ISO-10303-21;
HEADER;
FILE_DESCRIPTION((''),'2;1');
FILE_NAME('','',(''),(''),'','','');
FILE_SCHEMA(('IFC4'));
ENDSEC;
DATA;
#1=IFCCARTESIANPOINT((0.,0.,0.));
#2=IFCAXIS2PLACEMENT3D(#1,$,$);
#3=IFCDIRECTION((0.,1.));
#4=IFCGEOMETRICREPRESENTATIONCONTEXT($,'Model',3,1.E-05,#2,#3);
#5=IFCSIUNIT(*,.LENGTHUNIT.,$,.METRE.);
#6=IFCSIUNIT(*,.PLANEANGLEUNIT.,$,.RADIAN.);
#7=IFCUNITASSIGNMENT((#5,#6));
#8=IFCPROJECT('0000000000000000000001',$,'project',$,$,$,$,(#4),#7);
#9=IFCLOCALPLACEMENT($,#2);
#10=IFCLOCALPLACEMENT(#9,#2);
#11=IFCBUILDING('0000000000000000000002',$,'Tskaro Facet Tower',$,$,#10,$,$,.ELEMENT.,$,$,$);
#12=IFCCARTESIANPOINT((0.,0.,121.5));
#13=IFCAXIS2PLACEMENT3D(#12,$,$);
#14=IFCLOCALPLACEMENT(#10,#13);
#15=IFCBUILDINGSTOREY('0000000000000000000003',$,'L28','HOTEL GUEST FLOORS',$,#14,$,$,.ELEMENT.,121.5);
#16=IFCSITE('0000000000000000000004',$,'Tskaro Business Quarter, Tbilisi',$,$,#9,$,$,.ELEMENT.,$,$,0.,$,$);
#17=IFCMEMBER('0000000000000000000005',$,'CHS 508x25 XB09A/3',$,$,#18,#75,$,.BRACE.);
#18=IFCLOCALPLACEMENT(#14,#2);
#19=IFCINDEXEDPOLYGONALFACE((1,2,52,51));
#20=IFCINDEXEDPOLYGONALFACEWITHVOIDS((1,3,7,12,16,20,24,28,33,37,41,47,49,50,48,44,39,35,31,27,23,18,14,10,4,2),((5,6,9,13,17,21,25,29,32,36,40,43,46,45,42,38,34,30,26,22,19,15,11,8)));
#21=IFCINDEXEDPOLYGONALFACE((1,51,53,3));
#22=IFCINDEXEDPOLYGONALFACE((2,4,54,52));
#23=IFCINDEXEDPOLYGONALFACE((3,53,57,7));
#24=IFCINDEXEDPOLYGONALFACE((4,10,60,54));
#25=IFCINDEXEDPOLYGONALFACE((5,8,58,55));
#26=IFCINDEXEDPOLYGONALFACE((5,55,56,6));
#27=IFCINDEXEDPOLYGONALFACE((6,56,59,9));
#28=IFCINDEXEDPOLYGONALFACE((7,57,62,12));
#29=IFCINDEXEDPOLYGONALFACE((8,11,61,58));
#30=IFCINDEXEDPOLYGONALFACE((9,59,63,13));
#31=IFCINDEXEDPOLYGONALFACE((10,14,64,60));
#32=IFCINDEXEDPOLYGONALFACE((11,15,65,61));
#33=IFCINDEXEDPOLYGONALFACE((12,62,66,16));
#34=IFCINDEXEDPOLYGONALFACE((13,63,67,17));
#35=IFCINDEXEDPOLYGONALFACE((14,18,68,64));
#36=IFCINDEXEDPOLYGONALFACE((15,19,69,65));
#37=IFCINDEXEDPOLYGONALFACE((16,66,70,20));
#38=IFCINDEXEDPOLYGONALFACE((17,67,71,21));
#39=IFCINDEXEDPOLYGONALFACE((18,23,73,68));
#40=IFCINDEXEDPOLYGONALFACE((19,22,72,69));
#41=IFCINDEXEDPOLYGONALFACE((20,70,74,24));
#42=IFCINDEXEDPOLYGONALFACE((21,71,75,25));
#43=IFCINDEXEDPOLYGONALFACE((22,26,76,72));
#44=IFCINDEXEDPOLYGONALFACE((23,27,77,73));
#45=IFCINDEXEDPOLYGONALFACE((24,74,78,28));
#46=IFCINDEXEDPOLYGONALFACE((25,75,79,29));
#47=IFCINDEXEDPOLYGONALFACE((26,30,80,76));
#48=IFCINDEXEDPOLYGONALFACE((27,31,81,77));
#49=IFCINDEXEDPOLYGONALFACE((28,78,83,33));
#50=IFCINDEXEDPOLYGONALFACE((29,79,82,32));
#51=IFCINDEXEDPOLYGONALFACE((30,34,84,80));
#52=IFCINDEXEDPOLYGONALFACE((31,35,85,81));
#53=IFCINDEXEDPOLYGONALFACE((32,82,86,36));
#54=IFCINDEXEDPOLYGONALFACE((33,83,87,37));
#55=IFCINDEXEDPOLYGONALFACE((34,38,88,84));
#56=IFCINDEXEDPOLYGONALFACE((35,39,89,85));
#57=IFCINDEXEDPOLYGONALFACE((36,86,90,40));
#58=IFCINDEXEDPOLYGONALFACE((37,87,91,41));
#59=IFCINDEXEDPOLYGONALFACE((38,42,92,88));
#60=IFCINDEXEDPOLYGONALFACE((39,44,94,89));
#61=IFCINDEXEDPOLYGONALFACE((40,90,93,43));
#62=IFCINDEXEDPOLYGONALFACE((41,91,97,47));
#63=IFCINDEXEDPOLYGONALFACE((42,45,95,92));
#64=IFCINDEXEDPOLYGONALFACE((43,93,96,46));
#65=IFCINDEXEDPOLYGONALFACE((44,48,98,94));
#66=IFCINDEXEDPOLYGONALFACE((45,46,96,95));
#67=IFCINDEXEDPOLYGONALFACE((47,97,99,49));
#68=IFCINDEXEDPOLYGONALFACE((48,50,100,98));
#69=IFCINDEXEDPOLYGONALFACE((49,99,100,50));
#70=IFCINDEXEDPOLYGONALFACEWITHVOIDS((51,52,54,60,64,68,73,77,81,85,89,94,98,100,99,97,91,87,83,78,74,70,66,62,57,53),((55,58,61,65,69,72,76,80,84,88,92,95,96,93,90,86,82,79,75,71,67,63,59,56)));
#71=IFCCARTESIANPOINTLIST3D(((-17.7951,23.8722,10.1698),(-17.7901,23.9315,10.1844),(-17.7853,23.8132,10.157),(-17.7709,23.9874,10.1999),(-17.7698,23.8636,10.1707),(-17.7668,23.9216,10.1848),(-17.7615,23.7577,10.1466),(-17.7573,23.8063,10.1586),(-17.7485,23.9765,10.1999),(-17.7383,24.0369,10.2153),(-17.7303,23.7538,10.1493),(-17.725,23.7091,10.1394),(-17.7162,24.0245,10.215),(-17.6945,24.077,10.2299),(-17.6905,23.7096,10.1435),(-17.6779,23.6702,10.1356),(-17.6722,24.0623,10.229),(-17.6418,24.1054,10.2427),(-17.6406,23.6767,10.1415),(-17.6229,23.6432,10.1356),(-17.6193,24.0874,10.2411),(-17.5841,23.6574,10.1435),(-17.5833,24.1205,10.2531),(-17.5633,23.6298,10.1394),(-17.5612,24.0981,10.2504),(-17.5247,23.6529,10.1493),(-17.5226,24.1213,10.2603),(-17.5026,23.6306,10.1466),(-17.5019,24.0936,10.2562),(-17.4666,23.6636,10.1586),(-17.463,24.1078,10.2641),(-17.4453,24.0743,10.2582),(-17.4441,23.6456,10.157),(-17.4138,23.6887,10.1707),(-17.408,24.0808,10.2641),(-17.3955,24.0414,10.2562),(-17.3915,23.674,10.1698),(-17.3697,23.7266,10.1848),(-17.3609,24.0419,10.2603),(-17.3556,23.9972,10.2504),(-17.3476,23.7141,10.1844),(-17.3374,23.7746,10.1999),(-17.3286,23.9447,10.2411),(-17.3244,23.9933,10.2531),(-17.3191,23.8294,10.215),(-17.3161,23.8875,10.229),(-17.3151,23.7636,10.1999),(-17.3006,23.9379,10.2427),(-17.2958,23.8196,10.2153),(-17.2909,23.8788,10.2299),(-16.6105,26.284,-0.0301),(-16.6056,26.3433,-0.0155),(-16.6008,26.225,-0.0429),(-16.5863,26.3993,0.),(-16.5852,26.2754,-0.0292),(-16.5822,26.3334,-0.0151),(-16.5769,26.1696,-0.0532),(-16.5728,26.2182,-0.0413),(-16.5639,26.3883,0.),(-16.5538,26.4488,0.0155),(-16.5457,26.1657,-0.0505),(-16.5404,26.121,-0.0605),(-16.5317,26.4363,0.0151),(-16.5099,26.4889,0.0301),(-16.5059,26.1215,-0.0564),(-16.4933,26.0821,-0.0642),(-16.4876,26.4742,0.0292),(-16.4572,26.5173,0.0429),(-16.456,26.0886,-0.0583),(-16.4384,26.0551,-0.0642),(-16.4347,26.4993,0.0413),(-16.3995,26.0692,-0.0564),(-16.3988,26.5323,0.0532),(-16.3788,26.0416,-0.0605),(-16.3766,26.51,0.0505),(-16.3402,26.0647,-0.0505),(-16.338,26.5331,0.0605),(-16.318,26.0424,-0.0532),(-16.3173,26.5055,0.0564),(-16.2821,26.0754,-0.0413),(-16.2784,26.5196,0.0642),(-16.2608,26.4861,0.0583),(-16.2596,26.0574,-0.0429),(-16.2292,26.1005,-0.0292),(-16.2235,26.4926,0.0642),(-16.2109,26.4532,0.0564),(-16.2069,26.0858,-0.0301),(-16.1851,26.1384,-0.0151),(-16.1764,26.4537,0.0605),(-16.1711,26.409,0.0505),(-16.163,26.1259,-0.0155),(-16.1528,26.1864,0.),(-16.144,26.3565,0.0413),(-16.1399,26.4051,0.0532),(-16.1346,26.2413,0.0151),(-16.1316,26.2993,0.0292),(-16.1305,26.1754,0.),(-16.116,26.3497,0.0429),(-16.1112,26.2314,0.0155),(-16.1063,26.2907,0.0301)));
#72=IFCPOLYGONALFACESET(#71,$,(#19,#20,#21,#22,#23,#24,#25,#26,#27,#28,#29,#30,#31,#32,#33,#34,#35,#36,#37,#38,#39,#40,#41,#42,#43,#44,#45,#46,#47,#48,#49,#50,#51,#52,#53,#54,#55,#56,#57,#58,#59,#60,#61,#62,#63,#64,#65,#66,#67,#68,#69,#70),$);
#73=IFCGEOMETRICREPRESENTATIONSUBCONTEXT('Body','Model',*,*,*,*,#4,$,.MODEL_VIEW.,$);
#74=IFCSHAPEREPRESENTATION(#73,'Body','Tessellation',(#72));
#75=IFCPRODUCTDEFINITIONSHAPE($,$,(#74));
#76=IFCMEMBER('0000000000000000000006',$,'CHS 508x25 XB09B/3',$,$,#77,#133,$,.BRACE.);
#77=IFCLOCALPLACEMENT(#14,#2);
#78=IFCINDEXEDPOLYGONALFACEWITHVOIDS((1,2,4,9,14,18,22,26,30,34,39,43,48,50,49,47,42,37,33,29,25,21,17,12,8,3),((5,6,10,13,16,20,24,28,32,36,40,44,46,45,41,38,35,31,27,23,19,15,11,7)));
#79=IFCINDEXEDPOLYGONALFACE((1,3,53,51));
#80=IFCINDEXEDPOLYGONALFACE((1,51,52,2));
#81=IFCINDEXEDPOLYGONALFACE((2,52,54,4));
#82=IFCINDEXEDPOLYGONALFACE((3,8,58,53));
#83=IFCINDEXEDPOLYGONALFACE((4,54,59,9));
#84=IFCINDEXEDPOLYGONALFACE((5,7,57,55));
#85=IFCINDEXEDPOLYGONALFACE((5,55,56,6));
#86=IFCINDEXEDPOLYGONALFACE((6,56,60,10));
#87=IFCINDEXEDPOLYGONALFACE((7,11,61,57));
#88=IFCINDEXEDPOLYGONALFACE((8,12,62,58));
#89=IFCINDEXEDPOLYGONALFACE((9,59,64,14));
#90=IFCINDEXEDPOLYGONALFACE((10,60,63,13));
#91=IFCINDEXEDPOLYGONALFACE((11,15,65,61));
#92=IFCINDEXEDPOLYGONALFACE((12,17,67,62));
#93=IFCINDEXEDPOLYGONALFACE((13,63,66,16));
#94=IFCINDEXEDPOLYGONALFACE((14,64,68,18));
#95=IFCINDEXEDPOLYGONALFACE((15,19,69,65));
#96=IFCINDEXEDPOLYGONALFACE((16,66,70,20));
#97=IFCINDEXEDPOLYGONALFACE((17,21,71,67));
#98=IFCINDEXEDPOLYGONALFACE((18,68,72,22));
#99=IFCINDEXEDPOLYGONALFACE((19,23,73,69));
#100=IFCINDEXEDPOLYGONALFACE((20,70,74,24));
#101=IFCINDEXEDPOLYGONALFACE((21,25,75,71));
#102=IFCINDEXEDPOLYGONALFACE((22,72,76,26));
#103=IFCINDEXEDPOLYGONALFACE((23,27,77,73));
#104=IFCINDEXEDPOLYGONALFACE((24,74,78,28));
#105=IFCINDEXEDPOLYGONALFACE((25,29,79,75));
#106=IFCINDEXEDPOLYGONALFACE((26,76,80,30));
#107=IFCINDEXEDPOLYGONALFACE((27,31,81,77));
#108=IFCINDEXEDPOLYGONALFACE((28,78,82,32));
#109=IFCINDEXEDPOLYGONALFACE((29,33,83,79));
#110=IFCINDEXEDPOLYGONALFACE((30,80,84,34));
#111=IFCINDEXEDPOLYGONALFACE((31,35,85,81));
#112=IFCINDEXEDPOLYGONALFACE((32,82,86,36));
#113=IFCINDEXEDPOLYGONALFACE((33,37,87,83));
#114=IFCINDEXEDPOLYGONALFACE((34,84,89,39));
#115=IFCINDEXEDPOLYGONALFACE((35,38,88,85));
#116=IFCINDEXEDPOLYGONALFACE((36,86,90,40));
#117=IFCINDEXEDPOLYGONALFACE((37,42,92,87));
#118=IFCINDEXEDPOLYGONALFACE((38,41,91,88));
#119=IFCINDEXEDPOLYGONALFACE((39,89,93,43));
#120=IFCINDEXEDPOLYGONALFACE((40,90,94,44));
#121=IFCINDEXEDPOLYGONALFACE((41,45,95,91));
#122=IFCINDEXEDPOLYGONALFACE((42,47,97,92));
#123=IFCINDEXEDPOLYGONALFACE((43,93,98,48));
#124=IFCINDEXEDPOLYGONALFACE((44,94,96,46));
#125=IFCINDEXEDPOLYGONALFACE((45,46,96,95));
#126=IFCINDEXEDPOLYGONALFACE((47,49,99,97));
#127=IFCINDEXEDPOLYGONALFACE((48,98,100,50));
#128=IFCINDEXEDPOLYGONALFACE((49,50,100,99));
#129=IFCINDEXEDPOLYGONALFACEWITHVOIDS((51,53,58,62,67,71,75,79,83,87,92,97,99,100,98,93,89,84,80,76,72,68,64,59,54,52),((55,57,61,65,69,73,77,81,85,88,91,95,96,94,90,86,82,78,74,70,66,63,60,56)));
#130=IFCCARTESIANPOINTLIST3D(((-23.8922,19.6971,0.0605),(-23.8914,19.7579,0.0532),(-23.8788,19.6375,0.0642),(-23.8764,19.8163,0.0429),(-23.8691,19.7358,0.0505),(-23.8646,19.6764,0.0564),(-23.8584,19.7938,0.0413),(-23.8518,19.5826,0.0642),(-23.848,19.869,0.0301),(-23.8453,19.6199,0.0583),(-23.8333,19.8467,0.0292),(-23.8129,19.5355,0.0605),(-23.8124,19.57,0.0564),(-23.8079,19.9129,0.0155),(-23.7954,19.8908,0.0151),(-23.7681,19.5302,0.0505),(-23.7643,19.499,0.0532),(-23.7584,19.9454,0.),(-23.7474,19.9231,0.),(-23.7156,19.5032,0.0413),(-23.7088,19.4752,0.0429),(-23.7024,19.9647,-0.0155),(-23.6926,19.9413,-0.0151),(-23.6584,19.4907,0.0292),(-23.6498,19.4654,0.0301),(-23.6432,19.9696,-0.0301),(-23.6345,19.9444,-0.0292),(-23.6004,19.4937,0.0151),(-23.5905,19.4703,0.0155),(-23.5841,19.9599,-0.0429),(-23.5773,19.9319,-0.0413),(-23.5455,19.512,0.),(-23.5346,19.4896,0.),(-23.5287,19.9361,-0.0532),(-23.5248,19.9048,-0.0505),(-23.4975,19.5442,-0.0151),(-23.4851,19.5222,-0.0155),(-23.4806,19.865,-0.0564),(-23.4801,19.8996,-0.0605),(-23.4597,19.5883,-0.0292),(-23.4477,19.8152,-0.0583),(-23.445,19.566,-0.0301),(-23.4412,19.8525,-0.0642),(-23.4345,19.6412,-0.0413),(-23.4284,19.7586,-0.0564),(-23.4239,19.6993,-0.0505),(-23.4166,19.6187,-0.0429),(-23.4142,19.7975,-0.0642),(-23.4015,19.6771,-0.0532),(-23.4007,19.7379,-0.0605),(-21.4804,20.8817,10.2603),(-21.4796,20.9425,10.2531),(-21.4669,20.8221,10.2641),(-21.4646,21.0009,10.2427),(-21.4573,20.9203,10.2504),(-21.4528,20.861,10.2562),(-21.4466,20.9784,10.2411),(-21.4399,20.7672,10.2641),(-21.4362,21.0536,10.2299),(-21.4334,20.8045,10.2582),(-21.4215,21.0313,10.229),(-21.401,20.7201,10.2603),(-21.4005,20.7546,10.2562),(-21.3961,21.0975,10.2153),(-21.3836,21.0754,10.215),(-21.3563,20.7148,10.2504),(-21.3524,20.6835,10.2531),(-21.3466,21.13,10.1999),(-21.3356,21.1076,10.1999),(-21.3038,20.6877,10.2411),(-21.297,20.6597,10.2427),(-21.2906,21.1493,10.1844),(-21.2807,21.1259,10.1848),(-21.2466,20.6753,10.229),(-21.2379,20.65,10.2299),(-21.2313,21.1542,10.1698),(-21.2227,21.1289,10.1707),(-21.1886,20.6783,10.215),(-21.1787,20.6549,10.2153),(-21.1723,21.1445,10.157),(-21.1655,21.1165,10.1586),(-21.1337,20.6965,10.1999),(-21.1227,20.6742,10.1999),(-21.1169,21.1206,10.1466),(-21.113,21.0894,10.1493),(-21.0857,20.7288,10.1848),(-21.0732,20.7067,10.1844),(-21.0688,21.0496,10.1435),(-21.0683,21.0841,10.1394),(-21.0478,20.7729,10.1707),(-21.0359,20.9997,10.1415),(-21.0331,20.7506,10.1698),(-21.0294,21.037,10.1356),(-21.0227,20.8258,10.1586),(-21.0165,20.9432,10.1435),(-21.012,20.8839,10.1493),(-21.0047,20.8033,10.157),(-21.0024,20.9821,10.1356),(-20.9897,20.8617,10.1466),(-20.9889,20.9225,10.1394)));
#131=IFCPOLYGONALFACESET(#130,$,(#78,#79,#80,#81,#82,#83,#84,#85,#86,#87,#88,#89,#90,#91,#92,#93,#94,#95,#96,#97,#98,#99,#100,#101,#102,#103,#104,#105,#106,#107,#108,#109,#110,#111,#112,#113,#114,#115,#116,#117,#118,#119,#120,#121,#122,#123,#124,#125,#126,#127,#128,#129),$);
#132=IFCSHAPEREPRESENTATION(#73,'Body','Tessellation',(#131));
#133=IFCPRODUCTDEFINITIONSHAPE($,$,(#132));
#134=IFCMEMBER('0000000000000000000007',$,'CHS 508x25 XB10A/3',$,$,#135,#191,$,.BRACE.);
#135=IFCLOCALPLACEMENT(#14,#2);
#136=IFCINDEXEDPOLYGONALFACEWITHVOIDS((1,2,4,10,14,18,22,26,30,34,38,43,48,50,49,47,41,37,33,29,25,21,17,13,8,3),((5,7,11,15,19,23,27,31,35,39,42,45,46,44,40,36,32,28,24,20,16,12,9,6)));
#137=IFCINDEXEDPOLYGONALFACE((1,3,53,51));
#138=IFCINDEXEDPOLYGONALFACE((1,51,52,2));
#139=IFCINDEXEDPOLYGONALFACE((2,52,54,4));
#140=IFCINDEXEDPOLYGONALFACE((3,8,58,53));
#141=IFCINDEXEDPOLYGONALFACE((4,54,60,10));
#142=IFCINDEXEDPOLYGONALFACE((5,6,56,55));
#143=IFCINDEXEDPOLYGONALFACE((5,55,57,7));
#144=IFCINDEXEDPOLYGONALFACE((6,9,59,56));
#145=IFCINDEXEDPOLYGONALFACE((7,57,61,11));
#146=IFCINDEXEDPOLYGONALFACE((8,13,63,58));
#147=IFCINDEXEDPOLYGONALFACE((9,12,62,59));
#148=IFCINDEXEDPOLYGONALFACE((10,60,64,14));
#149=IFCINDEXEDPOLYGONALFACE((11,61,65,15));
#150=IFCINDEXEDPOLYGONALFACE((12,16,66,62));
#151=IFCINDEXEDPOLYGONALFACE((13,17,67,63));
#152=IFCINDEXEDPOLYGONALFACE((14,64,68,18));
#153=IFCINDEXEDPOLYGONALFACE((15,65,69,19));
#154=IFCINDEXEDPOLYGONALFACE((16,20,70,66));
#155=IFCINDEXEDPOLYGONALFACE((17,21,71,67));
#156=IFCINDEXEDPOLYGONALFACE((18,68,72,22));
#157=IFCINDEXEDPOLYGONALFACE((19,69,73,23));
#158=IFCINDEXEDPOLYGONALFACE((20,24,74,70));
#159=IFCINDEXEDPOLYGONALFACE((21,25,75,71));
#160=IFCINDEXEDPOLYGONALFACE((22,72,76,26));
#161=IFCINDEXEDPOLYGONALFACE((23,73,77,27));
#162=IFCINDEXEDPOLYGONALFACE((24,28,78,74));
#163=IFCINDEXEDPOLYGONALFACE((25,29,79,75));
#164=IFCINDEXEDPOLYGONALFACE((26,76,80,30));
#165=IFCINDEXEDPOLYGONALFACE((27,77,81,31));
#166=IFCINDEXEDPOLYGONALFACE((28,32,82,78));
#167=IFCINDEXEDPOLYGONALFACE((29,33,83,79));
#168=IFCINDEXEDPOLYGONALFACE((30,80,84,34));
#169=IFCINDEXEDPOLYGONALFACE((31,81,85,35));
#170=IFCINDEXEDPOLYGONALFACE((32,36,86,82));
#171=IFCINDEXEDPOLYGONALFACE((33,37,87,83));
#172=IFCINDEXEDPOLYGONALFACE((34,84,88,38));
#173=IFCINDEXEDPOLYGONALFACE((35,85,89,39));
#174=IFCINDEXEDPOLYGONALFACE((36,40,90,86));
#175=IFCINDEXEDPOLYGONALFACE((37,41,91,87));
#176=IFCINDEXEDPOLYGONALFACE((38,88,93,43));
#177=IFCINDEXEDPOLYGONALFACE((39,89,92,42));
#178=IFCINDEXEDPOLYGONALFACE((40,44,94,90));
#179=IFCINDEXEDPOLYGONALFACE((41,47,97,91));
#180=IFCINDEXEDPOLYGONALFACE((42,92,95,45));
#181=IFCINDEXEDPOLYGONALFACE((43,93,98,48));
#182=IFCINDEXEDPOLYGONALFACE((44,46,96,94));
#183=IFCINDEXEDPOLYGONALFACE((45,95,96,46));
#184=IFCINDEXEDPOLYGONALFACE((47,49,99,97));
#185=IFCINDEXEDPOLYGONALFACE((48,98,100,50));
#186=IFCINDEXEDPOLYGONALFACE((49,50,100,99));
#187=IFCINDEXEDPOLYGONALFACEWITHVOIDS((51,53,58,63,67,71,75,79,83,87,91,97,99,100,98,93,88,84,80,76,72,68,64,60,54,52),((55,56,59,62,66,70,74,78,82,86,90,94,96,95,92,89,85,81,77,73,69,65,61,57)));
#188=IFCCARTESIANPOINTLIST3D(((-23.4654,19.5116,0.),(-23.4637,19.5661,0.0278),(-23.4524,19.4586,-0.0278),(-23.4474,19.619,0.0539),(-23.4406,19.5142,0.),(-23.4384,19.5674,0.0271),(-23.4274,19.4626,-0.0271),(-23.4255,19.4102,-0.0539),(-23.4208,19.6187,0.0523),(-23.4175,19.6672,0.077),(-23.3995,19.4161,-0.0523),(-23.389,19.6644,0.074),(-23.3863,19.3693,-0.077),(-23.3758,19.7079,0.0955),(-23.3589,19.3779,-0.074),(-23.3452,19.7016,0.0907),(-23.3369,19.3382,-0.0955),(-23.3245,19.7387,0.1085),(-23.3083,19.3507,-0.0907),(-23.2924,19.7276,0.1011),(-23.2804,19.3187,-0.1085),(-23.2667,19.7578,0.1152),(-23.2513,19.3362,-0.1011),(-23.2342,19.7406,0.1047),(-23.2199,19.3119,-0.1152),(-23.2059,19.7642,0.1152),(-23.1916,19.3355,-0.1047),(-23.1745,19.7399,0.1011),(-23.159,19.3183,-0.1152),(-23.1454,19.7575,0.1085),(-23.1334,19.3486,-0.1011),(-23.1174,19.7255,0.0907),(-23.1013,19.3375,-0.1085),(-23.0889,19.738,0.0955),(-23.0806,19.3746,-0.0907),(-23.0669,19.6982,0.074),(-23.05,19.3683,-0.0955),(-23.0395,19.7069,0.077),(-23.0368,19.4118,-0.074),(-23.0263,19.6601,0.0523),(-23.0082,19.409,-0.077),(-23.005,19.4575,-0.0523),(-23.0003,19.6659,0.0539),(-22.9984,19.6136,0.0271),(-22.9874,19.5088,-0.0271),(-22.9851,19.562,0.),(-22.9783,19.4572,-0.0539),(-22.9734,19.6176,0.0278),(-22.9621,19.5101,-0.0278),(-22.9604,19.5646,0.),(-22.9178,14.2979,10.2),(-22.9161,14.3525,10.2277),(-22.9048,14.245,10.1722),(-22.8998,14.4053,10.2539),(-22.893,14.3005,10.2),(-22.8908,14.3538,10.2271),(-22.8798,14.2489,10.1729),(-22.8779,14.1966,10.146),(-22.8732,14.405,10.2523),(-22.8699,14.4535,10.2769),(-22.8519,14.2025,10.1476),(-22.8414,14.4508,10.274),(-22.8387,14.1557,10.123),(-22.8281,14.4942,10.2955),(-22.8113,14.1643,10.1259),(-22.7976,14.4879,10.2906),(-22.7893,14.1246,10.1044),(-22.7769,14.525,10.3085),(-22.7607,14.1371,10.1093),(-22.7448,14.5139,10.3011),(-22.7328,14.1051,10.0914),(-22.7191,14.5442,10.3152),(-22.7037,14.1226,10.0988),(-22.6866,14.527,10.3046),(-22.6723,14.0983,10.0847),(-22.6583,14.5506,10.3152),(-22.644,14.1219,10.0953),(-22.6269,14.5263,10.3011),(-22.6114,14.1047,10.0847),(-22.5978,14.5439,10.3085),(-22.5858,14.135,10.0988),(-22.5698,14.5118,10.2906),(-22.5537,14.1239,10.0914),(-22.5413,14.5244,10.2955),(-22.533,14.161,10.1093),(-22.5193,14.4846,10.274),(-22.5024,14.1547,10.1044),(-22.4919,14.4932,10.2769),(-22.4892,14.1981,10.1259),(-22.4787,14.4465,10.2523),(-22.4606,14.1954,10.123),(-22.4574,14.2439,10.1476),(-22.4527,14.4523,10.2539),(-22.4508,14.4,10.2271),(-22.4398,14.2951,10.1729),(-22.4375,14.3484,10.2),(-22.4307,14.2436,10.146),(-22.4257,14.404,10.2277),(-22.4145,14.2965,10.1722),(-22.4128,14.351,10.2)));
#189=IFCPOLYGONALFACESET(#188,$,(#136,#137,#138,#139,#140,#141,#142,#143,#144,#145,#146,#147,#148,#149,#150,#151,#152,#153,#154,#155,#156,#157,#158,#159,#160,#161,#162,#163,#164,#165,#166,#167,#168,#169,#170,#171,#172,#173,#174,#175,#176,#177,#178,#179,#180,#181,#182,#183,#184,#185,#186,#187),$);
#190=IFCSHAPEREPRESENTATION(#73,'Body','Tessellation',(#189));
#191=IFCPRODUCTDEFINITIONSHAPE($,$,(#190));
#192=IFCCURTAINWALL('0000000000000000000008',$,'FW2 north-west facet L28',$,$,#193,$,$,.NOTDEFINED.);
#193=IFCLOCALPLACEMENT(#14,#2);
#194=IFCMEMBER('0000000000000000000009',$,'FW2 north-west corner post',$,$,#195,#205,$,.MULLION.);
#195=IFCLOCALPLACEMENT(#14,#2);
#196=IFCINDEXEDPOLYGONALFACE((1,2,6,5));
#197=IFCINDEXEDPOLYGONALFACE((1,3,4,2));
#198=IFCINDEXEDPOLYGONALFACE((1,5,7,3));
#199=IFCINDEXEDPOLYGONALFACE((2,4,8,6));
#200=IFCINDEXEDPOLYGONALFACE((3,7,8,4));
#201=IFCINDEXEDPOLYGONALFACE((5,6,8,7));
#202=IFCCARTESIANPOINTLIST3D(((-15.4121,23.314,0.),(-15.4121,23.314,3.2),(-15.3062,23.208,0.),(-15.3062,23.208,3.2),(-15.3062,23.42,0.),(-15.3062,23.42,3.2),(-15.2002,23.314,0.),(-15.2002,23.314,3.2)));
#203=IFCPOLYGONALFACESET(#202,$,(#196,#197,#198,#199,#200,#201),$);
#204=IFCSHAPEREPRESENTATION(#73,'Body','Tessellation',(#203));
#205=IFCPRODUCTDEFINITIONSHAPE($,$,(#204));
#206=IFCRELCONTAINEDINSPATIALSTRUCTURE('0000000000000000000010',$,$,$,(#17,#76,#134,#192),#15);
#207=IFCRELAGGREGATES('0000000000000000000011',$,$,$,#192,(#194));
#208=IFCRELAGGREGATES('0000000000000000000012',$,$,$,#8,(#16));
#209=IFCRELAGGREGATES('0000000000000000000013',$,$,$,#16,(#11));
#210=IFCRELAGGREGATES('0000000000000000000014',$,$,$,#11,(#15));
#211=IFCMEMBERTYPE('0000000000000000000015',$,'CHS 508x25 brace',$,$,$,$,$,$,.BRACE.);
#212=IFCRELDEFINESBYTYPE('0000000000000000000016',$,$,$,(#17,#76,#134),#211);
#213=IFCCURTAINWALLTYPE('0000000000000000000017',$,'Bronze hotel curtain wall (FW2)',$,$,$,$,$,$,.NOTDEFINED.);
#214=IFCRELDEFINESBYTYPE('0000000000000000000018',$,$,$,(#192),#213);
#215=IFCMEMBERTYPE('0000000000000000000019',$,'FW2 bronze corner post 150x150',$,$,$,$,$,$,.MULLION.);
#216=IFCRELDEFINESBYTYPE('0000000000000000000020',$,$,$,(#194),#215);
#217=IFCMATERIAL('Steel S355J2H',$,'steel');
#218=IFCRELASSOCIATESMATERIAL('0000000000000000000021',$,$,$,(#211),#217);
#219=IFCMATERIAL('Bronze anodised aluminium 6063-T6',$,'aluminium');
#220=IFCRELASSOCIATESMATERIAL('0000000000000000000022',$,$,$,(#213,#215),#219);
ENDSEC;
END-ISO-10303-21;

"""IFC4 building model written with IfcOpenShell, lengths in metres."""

from ifc_helpers import new_model, si_unit, direction, frame, origin, origin_2d, place, context, subcontext, project, spatial, rectangle, hollow_circle, extrude, material, material_profile, profile_set, type_object, element, aggregate, save


model = new_model("IFC4")

# Units and contexts
model_context = context("Model", 3, precision=1e-05, world=origin(), true_north=direction((0.0, 1.0)))
body_context = subcontext(model_context, "Body", "Model", "MODEL_VIEW")
ifc_project = project(units=[si_unit("LENGTHUNIT", "METRE"), si_unit("PLANEANGLEUNIT", "RADIAN")], contexts=[model_context])

# Site, building, storey
site_placement = place(None, origin())
site = spatial("IfcSite", under=ifc_project, at=site_placement, Name="Tskaro Business Quarter, Tbilisi", CompositionType="ELEMENT", RefElevation=0.0)
building_placement = place(site_placement, origin())
building = spatial("IfcBuilding", under=site, at=building_placement, Name="Tskaro Facet Tower", CompositionType="ELEMENT")
storey_placement = place(building_placement, frame((0.0, 0.0, 121.5)))
storey = spatial("IfcBuildingStorey", under=building, at=storey_placement, Name="L28", Description="HOTEL GUEST FLOORS", CompositionType="ELEMENT", Elevation=121.5)

# Shared definitions
ifc_material_1 = material(Name="Steel S355J2H", Category="steel")

# Members
ifc_material_profile_1 = material_profile(ifc_material_1, hollow_circle(Radius=0.2539, WallThickness=0.0249, at=origin_2d()), Name="CHS 508x25")
ifc_profile_set_1 = profile_set([ifc_material_profile_1], Name="Steel S355J2H")
member_type_1 = type_object("IfcMemberType", Name="CHS 508x25 brace", PredefinedType="BRACE", material=ifc_profile_set_1)
for number, where, z_axis, x_axis, name in (
    (1, (-16.3584, 26.2874, 0.0), (-0.112303, -0.228657, 0.967008), (0.897585, -0.440842, 0.0), "CHS 508x25 XB09A/3"),
    (2, (-23.6465, 19.7175, 0.0), (0.228657, 0.112303, 0.967008), (-0.440842, 0.897585, 0.0), "CHS 508x25 XB09B/3"),
):
    element("IfcMember", number, at=place(storey_placement, frame(where, z_axis=z_axis, x_axis=x_axis)), inside=storey, type_object=member_type_1, Name=name, PredefinedType="BRACE", context=body_context, shape_type="SweptSolid", body=[
        extrude(hollow_circle(Radius=0.2539, WallThickness=0.0249, at=origin_2d()), origin(), (0.0, 0.0, 1.0), 10.5479),
    ])
member_1_placement = place(storey_placement, frame((-23.2129, 19.5381, 0.0), z_axis=(0.04775, -0.454614, 0.889408), x_axis=(0.994529, 0.104459, 0.0)))
element("IfcMember", 3, at=member_1_placement, inside=storey, type_object=member_type_1, Name="CHS 508x25 XB10A/3", PredefinedType="BRACE", context=body_context, shape_type="SweptSolid", body=[
    extrude(hollow_circle(Radius=0.2539, WallThickness=0.0249, at=origin_2d()), origin(), (0.0, 0.0, 1.0), 11.4683),
])

# Curtain wall, member
ifc_material_2 = material(Name="Bronze anodised aluminium 6063-T6", Category="aluminium")
curtain_wall_type = type_object("IfcCurtainWallType", Name="Bronze hotel curtain wall (FW2)", PredefinedType="NOTDEFINED", material=ifc_material_2)
curtain_wall_1_placement = place(storey_placement, origin())
curtain_wall_1 = element("IfcCurtainWall", 4, at=curtain_wall_1_placement, inside=storey, type_object=curtain_wall_type, Name="FW2 north-west facet L28", PredefinedType="NOTDEFINED")
ifc_material_profile_2 = material_profile(ifc_material_2, rectangle(XDim=0.1499, YDim=0.1499, at=origin_2d()), Name="Corner post 150x150")
ifc_profile_set_2 = profile_set([ifc_material_profile_2], Name="Bronze anodised aluminium 6063-T6")
member_type_2 = type_object("IfcMemberType", Name="FW2 bronze corner post 150x150", PredefinedType="MULLION", material=ifc_profile_set_2)
member_2_placement = place(storey_placement, frame((-15.3062, 23.314, 0.0), z_axis=(0.0, 0.0, 1.0), x_axis=(-0.707107, -0.707107, 0.0)))
member_2 = element("IfcMember", 5, at=member_2_placement, type_object=member_type_2, Name="FW2 north-west corner post", PredefinedType="MULLION", context=body_context, shape_type="SweptSolid", body=[
    extrude(rectangle(XDim=0.1499, YDim=0.1499, at=origin_2d()), origin(), (0.0, 0.0, 1.0), 3.2),
])

aggregate(curtain_wall_1, [member_2])

save(model, "model.ifc")
